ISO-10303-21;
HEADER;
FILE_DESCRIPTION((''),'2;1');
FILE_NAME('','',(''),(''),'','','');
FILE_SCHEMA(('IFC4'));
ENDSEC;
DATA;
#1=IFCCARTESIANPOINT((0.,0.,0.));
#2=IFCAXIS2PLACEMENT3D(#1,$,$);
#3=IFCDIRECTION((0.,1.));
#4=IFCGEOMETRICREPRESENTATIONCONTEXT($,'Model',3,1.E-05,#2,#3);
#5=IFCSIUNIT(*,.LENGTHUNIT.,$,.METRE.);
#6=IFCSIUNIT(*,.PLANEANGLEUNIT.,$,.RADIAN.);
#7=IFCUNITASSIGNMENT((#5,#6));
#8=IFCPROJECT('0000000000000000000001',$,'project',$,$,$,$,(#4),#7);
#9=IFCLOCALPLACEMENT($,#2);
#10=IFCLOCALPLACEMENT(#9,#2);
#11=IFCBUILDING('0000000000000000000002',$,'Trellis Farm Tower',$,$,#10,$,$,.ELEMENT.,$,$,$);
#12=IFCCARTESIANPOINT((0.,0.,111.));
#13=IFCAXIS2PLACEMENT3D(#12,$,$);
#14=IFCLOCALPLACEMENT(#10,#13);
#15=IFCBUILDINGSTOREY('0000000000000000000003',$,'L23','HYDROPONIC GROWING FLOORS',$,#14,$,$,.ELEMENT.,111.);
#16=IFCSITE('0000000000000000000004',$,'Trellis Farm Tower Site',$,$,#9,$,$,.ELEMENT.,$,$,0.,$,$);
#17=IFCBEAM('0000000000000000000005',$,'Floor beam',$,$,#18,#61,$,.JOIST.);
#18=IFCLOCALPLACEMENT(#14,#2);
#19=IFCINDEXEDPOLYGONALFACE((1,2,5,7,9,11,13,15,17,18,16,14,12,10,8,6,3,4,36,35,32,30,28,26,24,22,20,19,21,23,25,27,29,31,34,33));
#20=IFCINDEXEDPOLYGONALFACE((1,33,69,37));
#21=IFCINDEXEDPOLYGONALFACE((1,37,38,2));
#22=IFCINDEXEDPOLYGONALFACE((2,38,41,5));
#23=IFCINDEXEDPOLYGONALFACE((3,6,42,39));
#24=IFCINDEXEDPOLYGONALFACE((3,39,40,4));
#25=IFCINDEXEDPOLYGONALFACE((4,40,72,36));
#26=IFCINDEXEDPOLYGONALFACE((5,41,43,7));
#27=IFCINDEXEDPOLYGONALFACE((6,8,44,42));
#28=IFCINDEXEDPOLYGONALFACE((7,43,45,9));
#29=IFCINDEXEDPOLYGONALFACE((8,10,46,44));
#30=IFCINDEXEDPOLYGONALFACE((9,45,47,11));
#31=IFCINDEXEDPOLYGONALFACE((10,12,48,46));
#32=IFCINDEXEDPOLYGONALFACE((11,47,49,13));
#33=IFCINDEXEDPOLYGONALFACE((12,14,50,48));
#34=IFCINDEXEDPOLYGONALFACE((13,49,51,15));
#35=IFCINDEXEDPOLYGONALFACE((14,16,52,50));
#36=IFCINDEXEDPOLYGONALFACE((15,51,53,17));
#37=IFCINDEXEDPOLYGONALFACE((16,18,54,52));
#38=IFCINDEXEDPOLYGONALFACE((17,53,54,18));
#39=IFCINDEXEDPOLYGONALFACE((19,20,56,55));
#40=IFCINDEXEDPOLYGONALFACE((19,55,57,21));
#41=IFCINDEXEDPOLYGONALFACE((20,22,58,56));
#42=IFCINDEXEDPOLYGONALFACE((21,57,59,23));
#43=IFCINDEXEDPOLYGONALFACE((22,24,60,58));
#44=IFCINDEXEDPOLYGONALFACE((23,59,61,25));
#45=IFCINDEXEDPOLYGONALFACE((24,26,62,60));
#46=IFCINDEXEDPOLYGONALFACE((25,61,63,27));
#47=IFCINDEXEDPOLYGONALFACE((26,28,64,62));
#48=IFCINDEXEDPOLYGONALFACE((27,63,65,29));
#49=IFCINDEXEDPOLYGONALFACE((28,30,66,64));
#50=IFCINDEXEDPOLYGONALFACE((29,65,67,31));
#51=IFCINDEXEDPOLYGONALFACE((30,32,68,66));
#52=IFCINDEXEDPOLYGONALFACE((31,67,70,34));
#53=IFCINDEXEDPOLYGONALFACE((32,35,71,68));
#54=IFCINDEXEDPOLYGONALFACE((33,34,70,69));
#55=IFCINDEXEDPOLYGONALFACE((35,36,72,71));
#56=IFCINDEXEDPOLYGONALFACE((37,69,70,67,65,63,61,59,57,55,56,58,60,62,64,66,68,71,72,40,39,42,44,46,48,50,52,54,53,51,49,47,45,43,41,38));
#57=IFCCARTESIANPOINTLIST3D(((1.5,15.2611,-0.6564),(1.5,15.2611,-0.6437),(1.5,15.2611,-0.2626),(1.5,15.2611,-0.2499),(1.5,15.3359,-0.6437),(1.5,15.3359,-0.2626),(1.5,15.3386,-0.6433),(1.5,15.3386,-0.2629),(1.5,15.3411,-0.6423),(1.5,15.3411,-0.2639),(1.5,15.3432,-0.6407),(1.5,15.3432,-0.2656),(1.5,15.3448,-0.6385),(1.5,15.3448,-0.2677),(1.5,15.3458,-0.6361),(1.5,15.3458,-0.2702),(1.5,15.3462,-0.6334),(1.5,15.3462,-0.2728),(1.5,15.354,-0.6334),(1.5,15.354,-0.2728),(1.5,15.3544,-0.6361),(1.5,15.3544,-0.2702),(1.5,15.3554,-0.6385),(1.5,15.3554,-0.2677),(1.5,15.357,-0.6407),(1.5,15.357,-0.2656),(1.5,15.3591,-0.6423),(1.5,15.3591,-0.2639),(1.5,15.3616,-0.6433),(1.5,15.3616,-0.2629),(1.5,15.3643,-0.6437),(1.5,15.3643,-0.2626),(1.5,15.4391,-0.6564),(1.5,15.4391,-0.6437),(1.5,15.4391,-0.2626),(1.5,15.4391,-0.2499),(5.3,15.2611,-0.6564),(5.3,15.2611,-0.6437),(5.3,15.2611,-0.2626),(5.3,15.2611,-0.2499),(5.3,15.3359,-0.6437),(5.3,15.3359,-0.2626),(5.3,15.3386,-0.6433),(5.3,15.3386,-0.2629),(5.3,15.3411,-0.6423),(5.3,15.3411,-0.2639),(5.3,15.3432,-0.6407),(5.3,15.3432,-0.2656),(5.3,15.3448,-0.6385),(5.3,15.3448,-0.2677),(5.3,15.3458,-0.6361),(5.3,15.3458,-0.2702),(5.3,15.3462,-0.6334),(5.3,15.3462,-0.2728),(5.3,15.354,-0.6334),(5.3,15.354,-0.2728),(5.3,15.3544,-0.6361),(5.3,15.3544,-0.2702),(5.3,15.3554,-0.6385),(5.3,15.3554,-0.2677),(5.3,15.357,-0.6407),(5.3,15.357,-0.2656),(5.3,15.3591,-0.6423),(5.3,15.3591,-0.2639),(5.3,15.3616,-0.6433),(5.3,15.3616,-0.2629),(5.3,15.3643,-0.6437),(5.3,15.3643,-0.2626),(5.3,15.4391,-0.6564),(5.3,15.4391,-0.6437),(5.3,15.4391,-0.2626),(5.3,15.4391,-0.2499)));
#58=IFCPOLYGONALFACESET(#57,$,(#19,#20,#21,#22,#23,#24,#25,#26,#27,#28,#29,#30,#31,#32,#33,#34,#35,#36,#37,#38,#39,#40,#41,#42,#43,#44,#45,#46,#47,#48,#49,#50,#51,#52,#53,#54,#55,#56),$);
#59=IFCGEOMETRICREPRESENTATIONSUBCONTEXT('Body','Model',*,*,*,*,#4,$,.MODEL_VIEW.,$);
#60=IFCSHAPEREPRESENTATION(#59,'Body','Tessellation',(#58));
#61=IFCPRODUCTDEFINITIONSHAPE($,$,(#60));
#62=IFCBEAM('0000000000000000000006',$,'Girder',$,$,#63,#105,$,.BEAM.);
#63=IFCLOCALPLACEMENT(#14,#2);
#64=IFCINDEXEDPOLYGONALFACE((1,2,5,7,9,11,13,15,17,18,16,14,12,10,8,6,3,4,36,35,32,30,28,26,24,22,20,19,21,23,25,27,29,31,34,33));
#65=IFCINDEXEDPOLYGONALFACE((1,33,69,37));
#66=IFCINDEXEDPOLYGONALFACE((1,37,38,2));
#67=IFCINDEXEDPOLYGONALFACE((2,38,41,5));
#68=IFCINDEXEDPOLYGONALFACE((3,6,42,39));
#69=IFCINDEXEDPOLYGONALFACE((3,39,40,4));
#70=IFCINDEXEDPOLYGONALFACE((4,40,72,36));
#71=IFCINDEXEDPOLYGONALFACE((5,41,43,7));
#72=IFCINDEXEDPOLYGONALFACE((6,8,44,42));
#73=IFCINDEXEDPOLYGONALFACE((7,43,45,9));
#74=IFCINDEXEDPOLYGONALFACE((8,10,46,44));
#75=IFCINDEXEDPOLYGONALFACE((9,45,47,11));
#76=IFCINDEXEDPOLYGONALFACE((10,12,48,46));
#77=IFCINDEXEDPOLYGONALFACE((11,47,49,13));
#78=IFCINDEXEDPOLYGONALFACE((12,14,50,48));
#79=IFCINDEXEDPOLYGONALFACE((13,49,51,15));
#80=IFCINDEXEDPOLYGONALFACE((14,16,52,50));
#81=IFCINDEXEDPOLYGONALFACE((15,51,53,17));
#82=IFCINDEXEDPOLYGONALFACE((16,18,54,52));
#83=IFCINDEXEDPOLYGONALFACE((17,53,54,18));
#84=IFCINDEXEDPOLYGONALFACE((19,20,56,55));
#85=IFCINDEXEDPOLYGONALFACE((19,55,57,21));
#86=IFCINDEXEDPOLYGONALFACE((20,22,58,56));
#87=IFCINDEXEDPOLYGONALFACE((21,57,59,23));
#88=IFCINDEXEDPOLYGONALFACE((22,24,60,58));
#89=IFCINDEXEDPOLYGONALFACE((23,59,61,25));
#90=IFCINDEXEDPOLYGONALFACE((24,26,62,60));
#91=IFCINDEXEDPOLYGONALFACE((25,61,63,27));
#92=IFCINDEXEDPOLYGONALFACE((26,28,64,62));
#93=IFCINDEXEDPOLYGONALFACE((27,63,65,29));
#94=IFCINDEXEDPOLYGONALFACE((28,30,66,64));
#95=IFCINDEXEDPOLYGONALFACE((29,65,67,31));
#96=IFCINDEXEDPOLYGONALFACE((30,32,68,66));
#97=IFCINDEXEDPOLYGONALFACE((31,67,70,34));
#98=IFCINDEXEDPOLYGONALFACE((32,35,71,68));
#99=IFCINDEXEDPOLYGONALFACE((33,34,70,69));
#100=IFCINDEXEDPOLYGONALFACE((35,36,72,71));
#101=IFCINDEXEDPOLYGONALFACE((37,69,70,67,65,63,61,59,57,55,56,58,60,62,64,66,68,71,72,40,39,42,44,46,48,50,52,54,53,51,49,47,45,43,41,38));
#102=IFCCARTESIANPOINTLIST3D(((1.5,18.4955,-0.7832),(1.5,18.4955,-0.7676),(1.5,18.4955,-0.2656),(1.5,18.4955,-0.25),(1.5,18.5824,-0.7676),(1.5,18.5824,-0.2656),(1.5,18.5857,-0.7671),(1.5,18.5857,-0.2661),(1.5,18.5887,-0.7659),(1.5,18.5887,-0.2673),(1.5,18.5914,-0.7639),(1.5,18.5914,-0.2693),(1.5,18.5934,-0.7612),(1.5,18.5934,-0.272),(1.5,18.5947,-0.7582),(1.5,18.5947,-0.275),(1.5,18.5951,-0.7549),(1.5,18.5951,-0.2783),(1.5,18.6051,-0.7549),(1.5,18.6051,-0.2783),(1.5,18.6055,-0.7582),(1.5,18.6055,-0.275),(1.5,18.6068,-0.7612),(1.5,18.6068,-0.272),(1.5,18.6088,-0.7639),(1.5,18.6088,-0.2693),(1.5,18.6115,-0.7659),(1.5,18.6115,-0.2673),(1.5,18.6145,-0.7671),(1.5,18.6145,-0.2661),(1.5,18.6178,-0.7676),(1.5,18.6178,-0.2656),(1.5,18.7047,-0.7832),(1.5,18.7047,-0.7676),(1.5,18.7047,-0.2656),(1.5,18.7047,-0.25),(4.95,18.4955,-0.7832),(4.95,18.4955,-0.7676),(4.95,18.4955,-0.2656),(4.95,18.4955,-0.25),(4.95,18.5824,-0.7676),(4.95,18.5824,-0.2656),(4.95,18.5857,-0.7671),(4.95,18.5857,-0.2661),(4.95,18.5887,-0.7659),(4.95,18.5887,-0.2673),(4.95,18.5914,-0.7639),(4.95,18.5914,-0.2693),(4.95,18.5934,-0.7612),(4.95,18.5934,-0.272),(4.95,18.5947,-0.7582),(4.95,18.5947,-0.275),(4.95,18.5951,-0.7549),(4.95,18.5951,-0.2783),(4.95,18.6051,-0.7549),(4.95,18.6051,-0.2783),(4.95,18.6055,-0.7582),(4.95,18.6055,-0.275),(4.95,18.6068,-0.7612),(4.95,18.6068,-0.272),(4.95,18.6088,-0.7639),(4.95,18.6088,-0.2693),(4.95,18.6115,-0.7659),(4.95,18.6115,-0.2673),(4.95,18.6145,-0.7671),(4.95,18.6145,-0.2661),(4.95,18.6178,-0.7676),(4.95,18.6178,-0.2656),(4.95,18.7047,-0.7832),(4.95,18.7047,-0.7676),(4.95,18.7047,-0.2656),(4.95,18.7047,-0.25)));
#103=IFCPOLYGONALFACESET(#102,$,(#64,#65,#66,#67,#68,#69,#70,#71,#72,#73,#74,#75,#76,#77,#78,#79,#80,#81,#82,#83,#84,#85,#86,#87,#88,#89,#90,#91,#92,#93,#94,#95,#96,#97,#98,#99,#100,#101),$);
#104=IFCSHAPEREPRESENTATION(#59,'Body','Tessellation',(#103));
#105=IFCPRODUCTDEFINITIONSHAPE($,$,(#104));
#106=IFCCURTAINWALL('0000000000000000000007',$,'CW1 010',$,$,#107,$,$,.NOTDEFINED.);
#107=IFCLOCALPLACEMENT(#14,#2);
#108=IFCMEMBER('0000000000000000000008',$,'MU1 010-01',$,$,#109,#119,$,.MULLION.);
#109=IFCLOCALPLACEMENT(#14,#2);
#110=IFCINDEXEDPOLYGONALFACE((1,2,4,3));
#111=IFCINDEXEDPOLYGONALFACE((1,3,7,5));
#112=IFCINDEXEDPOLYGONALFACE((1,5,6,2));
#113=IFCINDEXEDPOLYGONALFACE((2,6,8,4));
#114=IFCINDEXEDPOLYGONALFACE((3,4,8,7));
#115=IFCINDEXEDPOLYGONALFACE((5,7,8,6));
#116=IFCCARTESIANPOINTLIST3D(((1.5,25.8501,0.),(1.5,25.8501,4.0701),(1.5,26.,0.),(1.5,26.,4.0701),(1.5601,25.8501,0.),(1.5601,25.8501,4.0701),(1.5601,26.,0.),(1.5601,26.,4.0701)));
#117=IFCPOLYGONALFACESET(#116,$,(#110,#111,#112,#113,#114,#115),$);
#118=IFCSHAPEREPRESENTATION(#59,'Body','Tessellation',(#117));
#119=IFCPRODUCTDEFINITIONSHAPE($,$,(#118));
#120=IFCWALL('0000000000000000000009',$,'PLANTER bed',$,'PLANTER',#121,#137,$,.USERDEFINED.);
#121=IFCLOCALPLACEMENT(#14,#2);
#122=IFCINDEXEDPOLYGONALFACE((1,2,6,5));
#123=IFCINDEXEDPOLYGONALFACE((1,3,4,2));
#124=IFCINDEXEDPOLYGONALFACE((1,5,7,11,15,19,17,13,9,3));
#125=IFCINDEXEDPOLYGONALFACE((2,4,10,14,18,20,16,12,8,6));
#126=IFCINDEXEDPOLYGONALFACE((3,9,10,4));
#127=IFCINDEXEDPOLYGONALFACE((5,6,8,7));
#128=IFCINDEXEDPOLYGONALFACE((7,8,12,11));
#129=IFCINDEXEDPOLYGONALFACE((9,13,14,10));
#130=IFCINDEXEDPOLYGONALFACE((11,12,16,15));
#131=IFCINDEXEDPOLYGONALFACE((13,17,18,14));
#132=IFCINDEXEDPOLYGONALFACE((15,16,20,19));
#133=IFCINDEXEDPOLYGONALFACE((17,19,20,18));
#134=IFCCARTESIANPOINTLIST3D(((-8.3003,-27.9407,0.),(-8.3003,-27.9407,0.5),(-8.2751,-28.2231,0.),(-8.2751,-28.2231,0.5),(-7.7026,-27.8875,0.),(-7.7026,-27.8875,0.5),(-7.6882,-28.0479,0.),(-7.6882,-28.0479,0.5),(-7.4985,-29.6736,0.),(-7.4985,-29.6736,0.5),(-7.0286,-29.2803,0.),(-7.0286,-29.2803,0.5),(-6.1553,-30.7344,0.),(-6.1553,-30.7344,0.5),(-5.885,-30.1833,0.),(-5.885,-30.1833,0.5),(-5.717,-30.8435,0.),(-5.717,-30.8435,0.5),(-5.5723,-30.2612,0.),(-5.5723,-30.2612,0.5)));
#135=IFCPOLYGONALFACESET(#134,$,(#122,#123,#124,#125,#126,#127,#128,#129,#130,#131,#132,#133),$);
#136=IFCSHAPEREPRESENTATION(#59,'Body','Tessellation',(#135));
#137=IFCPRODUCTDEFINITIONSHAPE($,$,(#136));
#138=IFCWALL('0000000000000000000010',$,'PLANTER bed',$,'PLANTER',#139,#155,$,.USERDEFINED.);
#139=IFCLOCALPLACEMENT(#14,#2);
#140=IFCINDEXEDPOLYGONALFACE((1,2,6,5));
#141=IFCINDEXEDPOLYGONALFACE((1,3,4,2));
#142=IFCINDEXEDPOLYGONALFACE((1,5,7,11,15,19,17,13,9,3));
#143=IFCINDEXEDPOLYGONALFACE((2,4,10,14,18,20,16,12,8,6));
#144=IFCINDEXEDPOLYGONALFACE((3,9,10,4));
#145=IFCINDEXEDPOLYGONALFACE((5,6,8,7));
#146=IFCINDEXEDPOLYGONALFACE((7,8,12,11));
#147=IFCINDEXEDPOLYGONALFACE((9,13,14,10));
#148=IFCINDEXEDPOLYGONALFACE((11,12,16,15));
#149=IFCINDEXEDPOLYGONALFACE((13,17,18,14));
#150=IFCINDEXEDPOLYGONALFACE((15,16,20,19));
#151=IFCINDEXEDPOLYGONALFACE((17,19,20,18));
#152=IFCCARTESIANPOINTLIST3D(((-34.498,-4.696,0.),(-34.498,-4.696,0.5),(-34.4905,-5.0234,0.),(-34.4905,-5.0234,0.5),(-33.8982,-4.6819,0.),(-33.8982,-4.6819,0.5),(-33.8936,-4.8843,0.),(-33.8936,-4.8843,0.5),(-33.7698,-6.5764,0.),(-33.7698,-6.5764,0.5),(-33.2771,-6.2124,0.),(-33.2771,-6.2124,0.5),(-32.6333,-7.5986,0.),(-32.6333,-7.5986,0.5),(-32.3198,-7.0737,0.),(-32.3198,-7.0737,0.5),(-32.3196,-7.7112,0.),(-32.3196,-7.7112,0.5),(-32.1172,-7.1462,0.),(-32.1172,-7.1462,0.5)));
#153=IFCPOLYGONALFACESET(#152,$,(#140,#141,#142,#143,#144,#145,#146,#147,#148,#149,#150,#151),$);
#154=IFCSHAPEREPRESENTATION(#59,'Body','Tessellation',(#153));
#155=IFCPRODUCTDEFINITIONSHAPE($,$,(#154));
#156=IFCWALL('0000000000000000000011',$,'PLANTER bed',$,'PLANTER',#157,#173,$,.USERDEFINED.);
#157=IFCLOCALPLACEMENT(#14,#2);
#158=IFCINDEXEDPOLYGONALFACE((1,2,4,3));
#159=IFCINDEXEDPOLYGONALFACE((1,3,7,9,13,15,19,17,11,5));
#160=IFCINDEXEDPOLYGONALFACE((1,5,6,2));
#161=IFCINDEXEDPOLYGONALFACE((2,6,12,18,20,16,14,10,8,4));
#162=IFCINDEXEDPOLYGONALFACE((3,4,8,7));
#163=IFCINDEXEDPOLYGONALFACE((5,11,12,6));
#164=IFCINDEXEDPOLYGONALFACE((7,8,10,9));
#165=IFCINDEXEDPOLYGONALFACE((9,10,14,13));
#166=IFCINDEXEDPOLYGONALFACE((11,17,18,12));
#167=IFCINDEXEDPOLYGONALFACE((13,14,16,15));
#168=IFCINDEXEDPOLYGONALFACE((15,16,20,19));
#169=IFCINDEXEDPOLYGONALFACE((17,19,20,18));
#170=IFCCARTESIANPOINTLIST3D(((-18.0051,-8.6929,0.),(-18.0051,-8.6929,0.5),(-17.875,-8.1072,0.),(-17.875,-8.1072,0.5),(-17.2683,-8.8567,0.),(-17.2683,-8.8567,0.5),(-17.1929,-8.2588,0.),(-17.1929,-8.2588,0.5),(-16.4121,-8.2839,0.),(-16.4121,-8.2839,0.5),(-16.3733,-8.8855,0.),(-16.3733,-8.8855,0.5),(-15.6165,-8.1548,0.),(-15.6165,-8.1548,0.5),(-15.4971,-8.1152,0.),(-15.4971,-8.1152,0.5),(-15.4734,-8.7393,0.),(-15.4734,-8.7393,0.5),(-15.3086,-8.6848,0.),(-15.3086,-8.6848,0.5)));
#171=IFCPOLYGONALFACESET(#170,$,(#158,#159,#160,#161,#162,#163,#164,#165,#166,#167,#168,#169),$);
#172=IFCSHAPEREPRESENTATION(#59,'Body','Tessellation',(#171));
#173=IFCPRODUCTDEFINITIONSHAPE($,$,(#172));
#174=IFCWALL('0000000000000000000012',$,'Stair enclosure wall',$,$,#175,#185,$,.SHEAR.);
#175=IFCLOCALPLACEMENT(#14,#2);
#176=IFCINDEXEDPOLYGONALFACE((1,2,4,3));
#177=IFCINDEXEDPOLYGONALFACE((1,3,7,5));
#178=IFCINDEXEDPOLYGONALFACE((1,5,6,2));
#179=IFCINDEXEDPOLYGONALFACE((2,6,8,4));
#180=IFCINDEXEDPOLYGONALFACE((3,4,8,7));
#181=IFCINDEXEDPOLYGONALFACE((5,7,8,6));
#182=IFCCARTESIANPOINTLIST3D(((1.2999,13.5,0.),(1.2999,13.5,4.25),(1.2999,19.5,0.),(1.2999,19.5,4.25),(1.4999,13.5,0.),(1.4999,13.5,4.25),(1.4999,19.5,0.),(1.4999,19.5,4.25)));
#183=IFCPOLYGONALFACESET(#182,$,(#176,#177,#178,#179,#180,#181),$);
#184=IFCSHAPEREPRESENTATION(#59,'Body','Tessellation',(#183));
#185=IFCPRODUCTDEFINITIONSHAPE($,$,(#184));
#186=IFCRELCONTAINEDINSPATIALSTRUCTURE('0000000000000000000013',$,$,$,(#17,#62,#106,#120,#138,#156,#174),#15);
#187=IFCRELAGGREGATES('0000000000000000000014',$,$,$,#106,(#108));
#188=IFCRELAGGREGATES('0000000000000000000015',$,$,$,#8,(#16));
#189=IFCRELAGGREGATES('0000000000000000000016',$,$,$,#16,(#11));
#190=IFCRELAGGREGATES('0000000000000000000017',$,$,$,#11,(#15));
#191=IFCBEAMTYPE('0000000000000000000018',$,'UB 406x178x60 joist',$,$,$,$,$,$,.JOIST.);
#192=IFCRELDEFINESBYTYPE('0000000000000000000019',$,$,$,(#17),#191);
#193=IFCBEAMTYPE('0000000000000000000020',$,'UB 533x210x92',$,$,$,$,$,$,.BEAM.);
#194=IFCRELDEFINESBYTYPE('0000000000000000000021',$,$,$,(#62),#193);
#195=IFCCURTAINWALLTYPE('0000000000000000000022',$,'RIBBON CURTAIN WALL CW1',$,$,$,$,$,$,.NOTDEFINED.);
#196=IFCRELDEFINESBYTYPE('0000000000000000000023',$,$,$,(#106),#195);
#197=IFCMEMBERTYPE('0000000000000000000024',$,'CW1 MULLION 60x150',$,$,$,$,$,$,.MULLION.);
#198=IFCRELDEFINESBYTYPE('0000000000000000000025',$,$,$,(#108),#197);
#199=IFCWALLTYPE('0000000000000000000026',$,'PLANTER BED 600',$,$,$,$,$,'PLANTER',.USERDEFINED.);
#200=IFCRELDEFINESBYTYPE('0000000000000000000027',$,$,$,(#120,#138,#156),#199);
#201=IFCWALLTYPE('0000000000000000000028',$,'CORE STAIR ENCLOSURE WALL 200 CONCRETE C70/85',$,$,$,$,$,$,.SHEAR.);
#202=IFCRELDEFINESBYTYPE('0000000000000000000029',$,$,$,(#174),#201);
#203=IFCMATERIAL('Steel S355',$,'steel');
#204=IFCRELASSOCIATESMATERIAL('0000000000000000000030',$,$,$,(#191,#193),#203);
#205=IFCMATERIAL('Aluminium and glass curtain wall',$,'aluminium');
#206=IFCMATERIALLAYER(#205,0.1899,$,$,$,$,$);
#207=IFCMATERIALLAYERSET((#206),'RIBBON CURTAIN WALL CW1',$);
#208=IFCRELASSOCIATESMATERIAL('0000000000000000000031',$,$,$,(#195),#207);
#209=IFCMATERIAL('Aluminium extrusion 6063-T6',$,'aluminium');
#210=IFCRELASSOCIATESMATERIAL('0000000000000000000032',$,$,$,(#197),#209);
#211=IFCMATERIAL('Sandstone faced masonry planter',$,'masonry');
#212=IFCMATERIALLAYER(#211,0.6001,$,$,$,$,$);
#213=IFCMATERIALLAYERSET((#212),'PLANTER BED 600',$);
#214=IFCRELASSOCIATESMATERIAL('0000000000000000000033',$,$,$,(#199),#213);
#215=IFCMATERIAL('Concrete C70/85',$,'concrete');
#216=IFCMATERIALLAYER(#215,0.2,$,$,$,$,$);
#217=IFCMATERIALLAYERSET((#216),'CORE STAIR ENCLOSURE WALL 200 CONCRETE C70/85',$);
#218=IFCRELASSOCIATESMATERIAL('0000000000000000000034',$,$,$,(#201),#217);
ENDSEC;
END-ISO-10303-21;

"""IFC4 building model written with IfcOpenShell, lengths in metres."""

from ifc_helpers import new_model, si_unit, direction, frame, frame_2d, origin, origin_2d, place, context, subcontext, project, spatial, polyline, rectangle, i_section, outline, extrude, source, transform, mapped, material, layer, layer_set, material_profile, profile_set, type_object, element, aggregate, save


model = new_model("IFC4")

# Units and contexts
model_context = context("Model", 3, precision=1e-05, world=origin(), true_north=direction((0.0, 1.0)))
body_context = subcontext(model_context, "Body", "Model", "MODEL_VIEW")
ifc_project = project(units=[si_unit("LENGTHUNIT", "METRE"), si_unit("PLANEANGLEUNIT", "RADIAN")], contexts=[model_context])

# Site, building, storey
site_placement = place(None, origin())
site = spatial("IfcSite", under=ifc_project, at=site_placement, Name="Trellis Farm Tower Site", CompositionType="ELEMENT", RefElevation=0.0)
building_placement = place(site_placement, origin())
building = spatial("IfcBuilding", under=site, at=building_placement, Name="Trellis Farm Tower", CompositionType="ELEMENT")
storey_placement = place(building_placement, frame((0.0, 0.0, 111.0)))
storey = spatial("IfcBuildingStorey", under=building, at=storey_placement, Name="L23", Description="HYDROPONIC GROWING FLOORS", CompositionType="ELEMENT", Elevation=111.0)

# Beams
ifc_material_1 = material(Name="Steel S355", Category="steel")
ifc_material_profile_1 = material_profile(ifc_material_1, i_section(OverallWidth=0.178, OverallDepth=0.4065, WebThickness=0.0078, FlangeThickness=0.0127, FilletRadius=0.0103, at=origin_2d()), Name="UB 406x178x60")
ifc_profile_set_1 = profile_set([ifc_material_profile_1], Name="Steel S355")
beam_type_1 = type_object("IfcBeamType", Name="UB 406x178x60 joist", PredefinedType="JOIST", material=ifc_profile_set_1)
shared_shape_1 = source(origin(), body_context, "Body", "SweptSolid", [
    extrude(i_section(OverallWidth=0.178, OverallDepth=0.4065, WebThickness=0.0078, FlangeThickness=0.0127, FilletRadius=0.0103, at=origin_2d()), origin(), (0.0, 0.0, 1.0), 3.8),
])
beam_1_placement = place(storey_placement, frame((1.5, 15.3501, -0.4531), z_axis=(1.0, 0.0, 0.0), x_axis=(0.0, 1.0, 0.0)))
element("IfcBeam", 1, at=beam_1_placement, inside=storey, type_object=beam_type_1, Name="Floor beam", PredefinedType="JOIST", context=body_context, shape_type="MappedRepresentation", body=[
    mapped(shared_shape_1, transform((0.0, 0.0, 0.0))),
])
ifc_material_profile_2 = material_profile(ifc_material_1, i_section(OverallWidth=0.2092, OverallDepth=0.5332, WebThickness=0.01, FlangeThickness=0.0156, FilletRadius=0.0127, at=origin_2d()), Name="UB 533x210x92")
ifc_profile_set_2 = profile_set([ifc_material_profile_2], Name="Steel S355")
beam_type_2 = type_object("IfcBeamType", Name="UB 533x210x92", PredefinedType="BEAM", material=ifc_profile_set_2)
shared_shape_2 = source(origin(), body_context, "Body", "SweptSolid", [
    extrude(i_section(OverallWidth=0.2092, OverallDepth=0.5332, WebThickness=0.01, FlangeThickness=0.0156, FilletRadius=0.0127, at=origin_2d()), origin(), (0.0, 0.0, 1.0), 3.45),
])
beam_2_placement = place(storey_placement, frame((1.5, 18.6001, -0.5166), z_axis=(1.0, 0.0, 0.0), x_axis=(0.0, 1.0, 0.0)))
element("IfcBeam", 2, at=beam_2_placement, inside=storey, type_object=beam_type_2, Name="Girder", PredefinedType="BEAM", context=body_context, shape_type="MappedRepresentation", body=[
    mapped(shared_shape_2, transform((0.0, 0.0, 0.0))),
])

# Curtain wall, member
ifc_material_2 = material(Name="Aluminium and glass curtain wall", Category="aluminium")
ifc_layer_1 = layer(ifc_material_2, 0.1899)
ifc_layer_set_1 = layer_set([ifc_layer_1], Name="RIBBON CURTAIN WALL CW1")
curtain_wall_type = type_object("IfcCurtainWallType", Name="RIBBON CURTAIN WALL CW1", PredefinedType="NOTDEFINED", material=ifc_layer_set_1)
placement = place(storey_placement, origin())
curtain_wall = element("IfcCurtainWall", 3, at=placement, inside=storey, type_object=curtain_wall_type, Name="CW1 010", PredefinedType="NOTDEFINED")
ifc_material_3 = material(Name="Aluminium extrusion 6063-T6", Category="aluminium")
ifc_material_profile_3 = material_profile(ifc_material_3, rectangle(XDim=0.0601, YDim=0.1499, at=origin_2d()), Name="MULLION 60x150")
ifc_profile_set_3 = profile_set([ifc_material_profile_3], Name="Aluminium extrusion 6063-T6")
member_type = type_object("IfcMemberType", Name="CW1 MULLION 60x150", PredefinedType="MULLION", material=ifc_profile_set_3)
shared_shape_3 = source(origin(), body_context, "Body", "SweptSolid", [
    extrude(rectangle(XDim=0.0601, YDim=0.1499, at=origin_2d()), origin(), (0.0, 0.0, 1.0), 4.0701),
])
member_placement = place(storey_placement, frame((1.53, 25.925, 0.0), z_axis=(0.0, 0.0, 1.0), x_axis=(-1.0, 0.0, 0.0)))
member = element("IfcMember", 4, at=member_placement, type_object=member_type, Name="MU1 010-01", PredefinedType="MULLION", context=body_context, shape_type="MappedRepresentation", body=[
    mapped(shared_shape_3, transform((0.0, 0.0, 0.0))),
])
aggregate(curtain_wall, [member])

# Walls
ifc_material_4 = material(Name="Sandstone faced masonry planter", Category="masonry")
ifc_layer_2 = layer(ifc_material_4, 0.6001)
ifc_layer_set_2 = layer_set([ifc_layer_2], Name="PLANTER BED 600")
wall_type_1 = type_object("IfcWallType", Name="PLANTER BED 600", ElementType="PLANTER", PredefinedType="USERDEFINED", material=ifc_layer_set_2)
element("IfcWall", 5, at=placement, inside=storey, type_object=wall_type_1, Name="PLANTER bed", ObjectType="PLANTER", PredefinedType="USERDEFINED", context=body_context, shape_type="SweptSolid", body=[
    extrude(outline(polyline([(-6.1553, -30.7344), (-7.4985, -29.6736), (-8.2751, -28.2231), (-8.3003, -27.9407), (-7.7026, -27.8875), (-7.6882, -28.0479), (-7.0286, -29.2803), (-5.885, -30.1833), (-5.5723, -30.2612), (-5.717, -30.8435), (-6.1553, -30.7344)])), origin(), (0.0, 0.0, 1.0), 0.5),
])
element("IfcWall", 6, at=placement, inside=storey, type_object=wall_type_1, Name="PLANTER bed", ObjectType="PLANTER", PredefinedType="USERDEFINED", context=body_context, shape_type="SweptSolid", body=[
    extrude(outline(polyline([(-33.7698, -6.5764), (-34.4905, -5.0234), (-34.498, -4.696), (-33.8982, -4.6819), (-33.8936, -4.8843), (-33.2771, -6.2124), (-32.3198, -7.0737), (-32.1172, -7.1462), (-32.3196, -7.7112), (-32.6333, -7.5986), (-33.7698, -6.5764)])), origin(), (0.0, 0.0, 1.0), 0.5),
])
element("IfcWall", 7, at=placement, inside=storey, type_object=wall_type_1, Name="PLANTER bed", ObjectType="PLANTER", PredefinedType="USERDEFINED", context=body_context, shape_type="SweptSolid", body=[
    extrude(outline(polyline([(-16.3733, -8.8855), (-17.2683, -8.8567), (-18.0051, -8.6929), (-17.875, -8.1072), (-17.1929, -8.2588), (-16.4121, -8.2839), (-15.6165, -8.1548), (-15.4971, -8.1152), (-15.3086, -8.6848), (-15.4734, -8.7393), (-16.3733, -8.8855)])), origin(), (0.0, 0.0, 1.0), 0.5),
])
ifc_material_5 = material(Name="Concrete C70/85", Category="concrete")
ifc_layer_3 = layer(ifc_material_5, 0.2)
ifc_layer_set_3 = layer_set([ifc_layer_3], Name="CORE STAIR ENCLOSURE WALL 200 CONCRETE C70/85")
wall_type_2 = type_object("IfcWallType", Name="CORE STAIR ENCLOSURE WALL 200 CONCRETE C70/85", PredefinedType="SHEAR", material=ifc_layer_set_3)
shared_shape_4 = source(origin(), body_context, "Body", "SweptSolid", [
    extrude(rectangle(XDim=6.0, YDim=0.2, at=frame_2d((3.0, 0.0))), origin(), (0.0, 0.0, 1.0), 4.25),
])
wall_1_placement = place(storey_placement, frame((1.3999, 13.5, 0.0), z_axis=(0.0, 0.0, 1.0), x_axis=(0.0, 1.0, 0.0)))
element("IfcWall", 8, at=wall_1_placement, inside=storey, type_object=wall_type_2, Name="Stair enclosure wall", PredefinedType="SHEAR", context=body_context, shape_type="MappedRepresentation", body=[
    mapped(shared_shape_4, transform((0.0, 0.0, 0.0))),
])

save(model, "model.ifc")
